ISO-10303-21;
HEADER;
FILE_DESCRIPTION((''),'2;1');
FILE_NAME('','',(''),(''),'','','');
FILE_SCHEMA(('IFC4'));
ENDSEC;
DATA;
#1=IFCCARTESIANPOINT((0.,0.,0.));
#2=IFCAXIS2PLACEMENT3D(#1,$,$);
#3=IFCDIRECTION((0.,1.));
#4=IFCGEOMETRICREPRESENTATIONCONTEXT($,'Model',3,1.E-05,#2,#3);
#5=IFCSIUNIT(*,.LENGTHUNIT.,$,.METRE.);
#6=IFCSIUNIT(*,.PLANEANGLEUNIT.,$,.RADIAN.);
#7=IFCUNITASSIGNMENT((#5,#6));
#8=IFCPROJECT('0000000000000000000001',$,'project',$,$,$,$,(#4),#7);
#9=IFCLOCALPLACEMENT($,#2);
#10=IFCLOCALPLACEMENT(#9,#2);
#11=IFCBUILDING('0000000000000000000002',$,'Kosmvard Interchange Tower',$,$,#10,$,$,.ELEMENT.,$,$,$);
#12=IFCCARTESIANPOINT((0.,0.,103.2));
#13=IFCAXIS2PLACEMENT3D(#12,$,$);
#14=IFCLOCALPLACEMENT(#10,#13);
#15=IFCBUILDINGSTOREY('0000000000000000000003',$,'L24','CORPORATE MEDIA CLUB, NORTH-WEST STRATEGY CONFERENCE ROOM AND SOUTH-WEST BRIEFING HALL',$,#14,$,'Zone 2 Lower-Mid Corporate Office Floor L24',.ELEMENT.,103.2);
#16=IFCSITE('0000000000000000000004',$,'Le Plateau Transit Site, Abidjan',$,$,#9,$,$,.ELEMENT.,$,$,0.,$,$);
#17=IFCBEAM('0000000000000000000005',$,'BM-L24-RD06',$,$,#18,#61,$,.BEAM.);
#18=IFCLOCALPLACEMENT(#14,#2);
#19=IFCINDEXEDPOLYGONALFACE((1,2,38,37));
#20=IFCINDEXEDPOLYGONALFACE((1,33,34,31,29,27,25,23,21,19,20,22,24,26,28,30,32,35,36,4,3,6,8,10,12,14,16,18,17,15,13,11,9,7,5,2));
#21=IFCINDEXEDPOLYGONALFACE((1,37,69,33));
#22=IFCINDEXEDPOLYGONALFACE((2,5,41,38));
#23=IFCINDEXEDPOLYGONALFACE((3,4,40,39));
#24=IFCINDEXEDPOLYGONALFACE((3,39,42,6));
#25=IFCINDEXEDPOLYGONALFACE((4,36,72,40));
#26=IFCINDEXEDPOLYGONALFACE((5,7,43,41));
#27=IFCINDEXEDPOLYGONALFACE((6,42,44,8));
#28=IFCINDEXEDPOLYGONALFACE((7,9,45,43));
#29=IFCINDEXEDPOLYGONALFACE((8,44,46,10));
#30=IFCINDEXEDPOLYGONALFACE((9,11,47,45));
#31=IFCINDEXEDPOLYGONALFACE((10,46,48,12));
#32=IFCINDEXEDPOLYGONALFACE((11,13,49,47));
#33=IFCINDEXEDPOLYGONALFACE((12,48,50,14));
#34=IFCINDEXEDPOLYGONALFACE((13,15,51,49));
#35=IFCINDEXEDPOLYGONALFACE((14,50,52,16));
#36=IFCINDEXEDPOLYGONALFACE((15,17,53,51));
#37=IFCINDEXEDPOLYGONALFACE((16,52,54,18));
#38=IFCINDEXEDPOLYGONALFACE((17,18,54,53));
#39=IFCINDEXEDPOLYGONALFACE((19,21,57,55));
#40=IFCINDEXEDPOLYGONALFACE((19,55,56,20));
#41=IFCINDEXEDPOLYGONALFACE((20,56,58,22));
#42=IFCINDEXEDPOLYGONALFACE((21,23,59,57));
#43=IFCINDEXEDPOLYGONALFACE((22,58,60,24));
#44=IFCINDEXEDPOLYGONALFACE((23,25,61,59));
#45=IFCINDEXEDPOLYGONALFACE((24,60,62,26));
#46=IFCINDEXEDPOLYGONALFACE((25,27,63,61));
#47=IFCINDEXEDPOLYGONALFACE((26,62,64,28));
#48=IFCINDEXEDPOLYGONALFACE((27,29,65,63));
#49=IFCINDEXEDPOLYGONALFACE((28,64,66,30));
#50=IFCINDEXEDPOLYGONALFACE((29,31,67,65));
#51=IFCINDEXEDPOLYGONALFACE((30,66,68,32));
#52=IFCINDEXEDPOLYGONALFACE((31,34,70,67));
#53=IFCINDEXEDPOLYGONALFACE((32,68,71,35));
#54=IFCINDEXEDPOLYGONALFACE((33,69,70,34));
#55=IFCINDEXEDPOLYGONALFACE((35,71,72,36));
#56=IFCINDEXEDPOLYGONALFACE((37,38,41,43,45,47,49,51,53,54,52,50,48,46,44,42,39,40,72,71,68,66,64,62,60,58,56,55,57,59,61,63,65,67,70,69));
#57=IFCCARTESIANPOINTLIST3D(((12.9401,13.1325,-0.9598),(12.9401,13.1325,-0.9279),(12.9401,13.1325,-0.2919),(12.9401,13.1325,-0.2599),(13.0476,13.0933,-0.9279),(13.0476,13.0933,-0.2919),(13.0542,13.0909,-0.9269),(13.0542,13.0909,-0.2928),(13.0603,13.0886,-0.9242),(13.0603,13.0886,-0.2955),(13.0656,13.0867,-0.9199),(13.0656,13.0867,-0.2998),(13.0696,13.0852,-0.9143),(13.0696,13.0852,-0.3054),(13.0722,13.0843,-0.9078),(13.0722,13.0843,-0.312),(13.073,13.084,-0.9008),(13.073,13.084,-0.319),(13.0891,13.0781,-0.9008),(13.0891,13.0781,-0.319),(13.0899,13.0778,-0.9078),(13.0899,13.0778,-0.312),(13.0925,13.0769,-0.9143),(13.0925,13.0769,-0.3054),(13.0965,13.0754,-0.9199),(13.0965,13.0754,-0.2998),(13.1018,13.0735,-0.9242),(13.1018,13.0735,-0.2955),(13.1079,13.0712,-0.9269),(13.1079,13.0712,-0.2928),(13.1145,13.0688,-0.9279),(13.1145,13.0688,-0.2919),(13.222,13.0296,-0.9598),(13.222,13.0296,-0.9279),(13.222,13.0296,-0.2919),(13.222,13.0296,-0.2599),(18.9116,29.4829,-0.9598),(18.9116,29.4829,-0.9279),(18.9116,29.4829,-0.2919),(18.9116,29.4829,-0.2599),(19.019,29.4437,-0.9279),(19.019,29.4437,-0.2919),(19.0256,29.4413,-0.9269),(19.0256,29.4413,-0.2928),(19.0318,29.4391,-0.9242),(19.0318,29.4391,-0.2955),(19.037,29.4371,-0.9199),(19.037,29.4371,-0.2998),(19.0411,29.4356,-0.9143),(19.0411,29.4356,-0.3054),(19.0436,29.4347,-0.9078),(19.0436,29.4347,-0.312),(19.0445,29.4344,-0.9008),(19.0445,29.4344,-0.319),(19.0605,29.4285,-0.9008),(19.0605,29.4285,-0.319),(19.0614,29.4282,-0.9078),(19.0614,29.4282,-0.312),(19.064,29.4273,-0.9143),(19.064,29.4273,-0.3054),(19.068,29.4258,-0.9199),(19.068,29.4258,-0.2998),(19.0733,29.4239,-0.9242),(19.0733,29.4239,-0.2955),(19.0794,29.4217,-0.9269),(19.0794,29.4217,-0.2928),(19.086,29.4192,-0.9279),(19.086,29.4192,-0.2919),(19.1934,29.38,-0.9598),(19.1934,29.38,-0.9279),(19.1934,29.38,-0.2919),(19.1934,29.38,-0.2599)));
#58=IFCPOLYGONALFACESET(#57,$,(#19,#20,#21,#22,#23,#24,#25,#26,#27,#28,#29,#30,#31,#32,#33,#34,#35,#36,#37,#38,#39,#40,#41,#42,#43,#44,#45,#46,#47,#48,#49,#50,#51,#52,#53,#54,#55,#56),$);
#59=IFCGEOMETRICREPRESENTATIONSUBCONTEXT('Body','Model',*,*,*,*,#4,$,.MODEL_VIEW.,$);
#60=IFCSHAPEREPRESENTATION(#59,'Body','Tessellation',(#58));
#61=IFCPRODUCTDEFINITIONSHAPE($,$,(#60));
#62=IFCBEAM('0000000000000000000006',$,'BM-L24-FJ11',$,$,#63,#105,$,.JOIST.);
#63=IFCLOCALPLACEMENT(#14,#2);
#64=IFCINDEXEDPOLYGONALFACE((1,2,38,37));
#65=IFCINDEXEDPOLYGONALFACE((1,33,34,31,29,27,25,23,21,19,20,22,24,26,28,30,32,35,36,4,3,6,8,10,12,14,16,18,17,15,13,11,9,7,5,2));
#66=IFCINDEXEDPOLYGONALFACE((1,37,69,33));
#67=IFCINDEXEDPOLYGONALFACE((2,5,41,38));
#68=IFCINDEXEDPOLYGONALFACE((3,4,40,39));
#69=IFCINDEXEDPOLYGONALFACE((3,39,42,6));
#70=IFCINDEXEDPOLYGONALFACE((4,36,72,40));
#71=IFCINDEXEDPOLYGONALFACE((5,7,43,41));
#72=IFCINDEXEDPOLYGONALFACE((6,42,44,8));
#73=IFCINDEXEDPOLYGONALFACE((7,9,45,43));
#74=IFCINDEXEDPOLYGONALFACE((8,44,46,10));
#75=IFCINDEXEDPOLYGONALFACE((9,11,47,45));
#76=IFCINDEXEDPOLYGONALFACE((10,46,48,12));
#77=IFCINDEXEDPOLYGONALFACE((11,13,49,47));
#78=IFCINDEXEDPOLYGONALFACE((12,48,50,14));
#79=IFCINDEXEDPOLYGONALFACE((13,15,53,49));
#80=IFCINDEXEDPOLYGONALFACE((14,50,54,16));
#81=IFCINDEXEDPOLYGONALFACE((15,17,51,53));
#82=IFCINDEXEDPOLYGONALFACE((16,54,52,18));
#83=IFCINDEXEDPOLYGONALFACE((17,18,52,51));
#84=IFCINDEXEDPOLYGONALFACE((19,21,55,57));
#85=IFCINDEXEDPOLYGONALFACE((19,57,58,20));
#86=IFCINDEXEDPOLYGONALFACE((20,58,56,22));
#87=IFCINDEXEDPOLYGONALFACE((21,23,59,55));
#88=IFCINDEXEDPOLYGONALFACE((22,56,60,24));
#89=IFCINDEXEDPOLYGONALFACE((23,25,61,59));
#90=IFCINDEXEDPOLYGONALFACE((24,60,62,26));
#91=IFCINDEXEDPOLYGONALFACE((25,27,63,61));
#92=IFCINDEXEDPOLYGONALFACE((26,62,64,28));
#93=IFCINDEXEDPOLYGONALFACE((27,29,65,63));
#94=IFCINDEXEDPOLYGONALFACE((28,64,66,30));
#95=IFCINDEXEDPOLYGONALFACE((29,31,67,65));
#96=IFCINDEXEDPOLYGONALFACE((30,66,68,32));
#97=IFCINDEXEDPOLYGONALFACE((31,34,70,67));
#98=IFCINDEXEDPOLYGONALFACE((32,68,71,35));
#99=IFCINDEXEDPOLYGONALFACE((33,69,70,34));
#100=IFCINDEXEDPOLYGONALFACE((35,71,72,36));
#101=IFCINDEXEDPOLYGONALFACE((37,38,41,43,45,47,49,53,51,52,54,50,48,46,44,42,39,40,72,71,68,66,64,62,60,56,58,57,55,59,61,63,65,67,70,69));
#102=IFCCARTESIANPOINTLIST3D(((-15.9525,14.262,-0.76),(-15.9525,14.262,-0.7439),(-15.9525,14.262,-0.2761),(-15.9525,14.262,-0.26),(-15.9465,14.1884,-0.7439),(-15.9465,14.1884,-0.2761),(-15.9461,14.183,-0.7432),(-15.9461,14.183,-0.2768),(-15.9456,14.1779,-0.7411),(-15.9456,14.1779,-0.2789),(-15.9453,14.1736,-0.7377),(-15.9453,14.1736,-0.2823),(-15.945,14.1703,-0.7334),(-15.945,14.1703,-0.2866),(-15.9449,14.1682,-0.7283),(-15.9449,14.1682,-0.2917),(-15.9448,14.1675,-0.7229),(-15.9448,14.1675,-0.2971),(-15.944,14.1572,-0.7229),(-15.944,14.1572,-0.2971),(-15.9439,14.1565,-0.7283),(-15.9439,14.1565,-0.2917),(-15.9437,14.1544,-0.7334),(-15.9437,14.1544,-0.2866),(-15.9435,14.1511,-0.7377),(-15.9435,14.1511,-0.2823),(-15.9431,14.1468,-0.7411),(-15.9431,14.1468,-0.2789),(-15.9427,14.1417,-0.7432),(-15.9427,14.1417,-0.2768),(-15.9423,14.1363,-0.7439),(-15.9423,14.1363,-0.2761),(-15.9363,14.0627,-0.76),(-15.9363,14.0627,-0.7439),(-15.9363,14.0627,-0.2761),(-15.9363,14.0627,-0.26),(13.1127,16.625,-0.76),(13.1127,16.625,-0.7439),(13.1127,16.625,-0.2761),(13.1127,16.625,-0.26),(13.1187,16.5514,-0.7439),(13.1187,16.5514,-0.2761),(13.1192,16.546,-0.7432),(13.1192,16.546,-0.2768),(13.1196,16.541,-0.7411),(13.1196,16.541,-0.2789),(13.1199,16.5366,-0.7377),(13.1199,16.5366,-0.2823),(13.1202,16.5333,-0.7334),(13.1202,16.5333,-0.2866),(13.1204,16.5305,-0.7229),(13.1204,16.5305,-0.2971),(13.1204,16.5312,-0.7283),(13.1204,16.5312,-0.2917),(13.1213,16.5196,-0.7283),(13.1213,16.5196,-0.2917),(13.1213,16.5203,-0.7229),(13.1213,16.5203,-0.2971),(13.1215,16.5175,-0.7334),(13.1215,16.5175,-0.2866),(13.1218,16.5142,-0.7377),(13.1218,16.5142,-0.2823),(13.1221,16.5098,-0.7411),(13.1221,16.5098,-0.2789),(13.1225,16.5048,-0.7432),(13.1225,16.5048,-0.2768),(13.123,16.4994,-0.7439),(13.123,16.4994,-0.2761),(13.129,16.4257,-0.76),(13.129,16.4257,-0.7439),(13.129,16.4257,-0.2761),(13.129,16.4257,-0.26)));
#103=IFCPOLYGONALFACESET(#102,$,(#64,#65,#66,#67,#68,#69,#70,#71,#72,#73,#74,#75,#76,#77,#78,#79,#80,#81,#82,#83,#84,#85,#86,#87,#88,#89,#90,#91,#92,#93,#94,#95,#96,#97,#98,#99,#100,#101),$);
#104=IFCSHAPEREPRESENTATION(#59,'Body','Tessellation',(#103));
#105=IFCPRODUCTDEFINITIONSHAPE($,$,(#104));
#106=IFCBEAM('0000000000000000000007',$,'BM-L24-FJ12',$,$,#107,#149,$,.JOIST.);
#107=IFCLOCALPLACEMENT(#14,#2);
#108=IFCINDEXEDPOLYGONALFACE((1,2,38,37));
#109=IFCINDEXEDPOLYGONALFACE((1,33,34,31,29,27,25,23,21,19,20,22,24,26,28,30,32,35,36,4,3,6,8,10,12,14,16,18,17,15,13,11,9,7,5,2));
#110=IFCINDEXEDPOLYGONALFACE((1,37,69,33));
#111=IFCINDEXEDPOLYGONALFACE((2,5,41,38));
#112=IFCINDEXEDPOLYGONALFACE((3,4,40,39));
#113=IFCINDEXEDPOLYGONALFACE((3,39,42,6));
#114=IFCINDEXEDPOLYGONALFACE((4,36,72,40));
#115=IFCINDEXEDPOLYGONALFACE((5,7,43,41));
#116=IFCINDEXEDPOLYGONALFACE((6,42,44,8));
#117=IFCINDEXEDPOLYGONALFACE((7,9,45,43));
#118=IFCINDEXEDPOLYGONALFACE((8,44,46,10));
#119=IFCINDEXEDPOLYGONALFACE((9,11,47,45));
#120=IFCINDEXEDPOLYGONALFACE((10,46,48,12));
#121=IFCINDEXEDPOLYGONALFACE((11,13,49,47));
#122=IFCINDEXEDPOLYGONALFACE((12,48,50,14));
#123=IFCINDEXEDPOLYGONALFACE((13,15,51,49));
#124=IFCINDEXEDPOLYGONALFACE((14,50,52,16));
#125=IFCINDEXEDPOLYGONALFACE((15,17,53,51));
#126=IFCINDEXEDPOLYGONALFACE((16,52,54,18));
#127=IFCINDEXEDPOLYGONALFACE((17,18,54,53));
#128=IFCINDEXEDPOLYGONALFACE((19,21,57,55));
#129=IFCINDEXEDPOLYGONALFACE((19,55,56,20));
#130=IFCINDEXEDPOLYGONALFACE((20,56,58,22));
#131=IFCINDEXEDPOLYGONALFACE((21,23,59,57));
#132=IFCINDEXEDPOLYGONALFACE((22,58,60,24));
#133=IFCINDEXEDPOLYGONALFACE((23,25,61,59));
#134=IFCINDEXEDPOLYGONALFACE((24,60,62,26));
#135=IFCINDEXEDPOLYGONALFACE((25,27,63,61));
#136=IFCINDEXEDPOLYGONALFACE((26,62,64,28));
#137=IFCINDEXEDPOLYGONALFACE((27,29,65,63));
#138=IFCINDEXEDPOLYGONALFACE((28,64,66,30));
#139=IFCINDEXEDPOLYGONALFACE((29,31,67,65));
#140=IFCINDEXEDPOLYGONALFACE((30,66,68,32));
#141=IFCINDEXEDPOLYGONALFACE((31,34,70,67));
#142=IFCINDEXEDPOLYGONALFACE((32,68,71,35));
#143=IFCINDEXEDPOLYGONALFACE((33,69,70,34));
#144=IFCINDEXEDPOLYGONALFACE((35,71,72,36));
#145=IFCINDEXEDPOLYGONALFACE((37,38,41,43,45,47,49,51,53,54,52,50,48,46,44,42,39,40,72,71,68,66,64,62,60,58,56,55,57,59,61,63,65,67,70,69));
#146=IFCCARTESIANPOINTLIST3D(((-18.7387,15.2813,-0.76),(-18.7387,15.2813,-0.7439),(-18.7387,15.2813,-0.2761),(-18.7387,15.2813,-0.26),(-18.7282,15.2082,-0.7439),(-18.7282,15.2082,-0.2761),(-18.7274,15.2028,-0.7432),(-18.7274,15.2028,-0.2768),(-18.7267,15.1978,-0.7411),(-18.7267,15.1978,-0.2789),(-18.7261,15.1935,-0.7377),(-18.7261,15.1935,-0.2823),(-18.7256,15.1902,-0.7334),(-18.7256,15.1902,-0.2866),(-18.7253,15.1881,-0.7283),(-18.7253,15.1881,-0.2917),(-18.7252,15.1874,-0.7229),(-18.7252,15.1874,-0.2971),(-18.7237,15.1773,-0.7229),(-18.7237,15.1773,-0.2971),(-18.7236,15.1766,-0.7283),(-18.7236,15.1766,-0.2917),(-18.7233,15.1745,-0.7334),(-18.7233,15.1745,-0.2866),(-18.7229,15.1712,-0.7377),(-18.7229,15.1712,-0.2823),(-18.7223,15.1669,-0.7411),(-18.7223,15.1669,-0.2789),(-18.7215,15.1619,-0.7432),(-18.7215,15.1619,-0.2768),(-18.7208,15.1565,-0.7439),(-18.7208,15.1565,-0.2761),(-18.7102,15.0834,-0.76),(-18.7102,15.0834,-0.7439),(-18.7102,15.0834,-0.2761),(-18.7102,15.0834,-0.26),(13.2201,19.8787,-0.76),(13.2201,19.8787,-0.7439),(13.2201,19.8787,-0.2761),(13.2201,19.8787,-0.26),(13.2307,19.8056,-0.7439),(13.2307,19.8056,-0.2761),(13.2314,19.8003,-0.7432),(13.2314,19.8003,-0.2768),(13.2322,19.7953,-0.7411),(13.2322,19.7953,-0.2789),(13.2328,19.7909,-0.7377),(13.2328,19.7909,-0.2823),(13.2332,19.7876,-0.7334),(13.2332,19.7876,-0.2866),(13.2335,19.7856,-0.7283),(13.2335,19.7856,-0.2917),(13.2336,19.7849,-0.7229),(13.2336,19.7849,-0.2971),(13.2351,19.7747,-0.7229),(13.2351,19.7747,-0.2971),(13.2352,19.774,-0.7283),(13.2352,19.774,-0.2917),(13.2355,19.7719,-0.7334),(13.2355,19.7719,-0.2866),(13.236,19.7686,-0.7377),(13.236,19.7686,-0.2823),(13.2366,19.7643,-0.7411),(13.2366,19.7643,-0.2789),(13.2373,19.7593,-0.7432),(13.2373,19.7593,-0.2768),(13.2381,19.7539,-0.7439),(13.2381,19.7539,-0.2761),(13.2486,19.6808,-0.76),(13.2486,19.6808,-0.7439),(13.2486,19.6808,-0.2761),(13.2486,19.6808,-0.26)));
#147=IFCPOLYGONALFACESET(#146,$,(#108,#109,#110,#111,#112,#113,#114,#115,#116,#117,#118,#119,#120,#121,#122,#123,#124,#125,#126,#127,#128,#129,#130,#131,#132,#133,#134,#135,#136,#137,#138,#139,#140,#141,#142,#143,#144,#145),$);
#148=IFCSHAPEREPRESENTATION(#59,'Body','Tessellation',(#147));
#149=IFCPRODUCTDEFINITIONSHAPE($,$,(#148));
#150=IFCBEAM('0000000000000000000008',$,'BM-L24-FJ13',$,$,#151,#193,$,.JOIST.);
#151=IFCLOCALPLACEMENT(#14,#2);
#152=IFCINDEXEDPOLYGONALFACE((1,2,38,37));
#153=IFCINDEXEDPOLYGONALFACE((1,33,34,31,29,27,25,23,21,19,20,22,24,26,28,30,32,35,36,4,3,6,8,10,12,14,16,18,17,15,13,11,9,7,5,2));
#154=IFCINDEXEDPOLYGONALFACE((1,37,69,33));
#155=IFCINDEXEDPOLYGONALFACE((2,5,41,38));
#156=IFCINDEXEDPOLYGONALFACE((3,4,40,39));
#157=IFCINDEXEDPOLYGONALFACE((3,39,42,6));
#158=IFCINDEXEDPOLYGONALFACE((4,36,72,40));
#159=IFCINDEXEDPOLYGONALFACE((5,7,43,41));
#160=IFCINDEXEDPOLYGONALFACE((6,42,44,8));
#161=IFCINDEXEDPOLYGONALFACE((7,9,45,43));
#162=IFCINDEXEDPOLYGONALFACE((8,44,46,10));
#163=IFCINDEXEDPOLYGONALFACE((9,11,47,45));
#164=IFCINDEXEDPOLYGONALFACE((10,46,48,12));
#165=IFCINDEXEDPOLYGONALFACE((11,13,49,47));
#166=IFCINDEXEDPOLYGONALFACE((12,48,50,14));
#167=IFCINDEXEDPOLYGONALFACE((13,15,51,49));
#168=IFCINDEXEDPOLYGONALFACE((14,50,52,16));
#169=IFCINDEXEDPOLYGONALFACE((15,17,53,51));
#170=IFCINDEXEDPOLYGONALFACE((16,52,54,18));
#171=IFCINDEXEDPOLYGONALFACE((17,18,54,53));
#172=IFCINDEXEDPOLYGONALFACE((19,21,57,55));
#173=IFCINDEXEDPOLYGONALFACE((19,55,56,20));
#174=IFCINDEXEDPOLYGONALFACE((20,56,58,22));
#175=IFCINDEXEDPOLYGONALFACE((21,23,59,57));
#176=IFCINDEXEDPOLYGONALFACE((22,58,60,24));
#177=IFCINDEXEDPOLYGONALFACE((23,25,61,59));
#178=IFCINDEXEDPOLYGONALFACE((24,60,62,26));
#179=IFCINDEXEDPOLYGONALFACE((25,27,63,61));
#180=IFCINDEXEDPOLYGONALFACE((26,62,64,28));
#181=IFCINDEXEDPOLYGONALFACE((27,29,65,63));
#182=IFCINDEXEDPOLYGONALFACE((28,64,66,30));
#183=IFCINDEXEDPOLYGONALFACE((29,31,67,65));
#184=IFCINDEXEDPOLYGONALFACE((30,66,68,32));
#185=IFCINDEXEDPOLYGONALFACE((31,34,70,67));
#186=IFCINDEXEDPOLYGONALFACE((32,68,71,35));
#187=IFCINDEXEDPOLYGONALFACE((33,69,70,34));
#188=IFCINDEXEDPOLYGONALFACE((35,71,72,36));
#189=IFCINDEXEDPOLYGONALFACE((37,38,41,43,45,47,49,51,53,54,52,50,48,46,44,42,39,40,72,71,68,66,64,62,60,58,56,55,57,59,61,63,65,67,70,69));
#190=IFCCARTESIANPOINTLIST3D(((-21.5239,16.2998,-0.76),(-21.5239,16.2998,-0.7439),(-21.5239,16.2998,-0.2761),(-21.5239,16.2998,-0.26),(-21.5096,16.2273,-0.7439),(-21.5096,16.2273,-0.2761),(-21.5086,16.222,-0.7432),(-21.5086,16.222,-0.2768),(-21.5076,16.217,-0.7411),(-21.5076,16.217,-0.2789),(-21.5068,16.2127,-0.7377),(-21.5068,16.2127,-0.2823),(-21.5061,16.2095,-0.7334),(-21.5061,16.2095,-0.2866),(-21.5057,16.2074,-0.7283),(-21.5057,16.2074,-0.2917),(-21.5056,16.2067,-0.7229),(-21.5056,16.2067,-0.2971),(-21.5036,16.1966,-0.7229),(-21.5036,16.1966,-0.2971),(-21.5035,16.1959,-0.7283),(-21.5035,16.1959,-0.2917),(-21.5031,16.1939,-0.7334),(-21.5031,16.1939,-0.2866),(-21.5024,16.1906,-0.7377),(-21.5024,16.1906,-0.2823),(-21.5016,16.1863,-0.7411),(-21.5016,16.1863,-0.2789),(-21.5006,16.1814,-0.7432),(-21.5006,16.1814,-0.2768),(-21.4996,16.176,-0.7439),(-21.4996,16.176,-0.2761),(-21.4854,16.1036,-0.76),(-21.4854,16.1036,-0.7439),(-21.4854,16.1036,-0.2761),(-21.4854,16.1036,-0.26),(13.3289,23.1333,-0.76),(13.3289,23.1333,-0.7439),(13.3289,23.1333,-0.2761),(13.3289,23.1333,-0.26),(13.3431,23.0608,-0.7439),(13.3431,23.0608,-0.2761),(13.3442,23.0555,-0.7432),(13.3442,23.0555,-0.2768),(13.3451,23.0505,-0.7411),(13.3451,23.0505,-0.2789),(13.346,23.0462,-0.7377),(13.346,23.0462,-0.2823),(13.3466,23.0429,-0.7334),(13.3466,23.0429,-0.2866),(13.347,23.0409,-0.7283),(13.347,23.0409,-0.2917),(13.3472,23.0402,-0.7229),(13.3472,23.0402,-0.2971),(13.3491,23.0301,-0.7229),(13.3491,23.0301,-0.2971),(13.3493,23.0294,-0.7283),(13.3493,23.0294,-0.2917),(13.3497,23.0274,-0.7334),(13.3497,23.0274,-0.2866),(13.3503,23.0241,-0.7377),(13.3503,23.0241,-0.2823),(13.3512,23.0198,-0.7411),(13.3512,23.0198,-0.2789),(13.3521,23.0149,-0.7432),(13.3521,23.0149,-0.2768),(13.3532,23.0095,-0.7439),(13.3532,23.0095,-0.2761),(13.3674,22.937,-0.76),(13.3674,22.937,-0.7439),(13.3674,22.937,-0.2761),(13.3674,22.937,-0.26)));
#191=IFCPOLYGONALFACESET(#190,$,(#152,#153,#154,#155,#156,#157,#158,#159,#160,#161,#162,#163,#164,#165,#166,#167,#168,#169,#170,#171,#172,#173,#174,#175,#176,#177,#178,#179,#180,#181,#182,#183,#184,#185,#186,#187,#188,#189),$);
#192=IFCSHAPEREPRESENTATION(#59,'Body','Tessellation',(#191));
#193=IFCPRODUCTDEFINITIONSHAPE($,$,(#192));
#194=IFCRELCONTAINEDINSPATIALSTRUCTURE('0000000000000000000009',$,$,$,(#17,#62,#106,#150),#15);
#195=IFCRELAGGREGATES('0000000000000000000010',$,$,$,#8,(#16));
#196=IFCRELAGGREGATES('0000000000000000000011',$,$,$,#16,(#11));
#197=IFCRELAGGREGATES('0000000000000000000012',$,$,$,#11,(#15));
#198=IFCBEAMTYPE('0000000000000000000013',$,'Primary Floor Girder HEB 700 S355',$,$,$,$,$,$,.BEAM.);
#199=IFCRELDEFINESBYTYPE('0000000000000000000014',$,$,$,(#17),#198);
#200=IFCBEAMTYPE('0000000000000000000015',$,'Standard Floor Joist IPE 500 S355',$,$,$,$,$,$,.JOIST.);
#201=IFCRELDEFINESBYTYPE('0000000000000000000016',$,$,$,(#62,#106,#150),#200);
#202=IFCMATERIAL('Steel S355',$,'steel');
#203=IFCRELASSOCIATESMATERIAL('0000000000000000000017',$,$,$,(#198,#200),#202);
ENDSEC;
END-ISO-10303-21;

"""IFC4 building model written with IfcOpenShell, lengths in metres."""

from ifc_helpers import new_model, si_unit, direction, frame, origin, origin_2d, place, context, subcontext, project, spatial, i_section, extrude, source, transform, mapped, material, material_profile, profile_set, type_object, element, save


model = new_model("IFC4")

# Units and contexts
model_context = context("Model", 3, precision=1e-05, world=origin(), true_north=direction((0.0, 1.0)))
body_context = subcontext(model_context, "Body", "Model", "MODEL_VIEW")
ifc_project = project(units=[si_unit("LENGTHUNIT", "METRE"), si_unit("PLANEANGLEUNIT", "RADIAN")], contexts=[model_context])

# Site, building, storey
site_placement = place(None, origin())
site = spatial("IfcSite", under=ifc_project, at=site_placement, Name="Le Plateau Transit Site, Abidjan", CompositionType="ELEMENT", RefElevation=0.0)
building_placement = place(site_placement, origin())
building = spatial("IfcBuilding", under=site, at=building_placement, Name="Kosmvard Interchange Tower", CompositionType="ELEMENT")
storey_placement = place(building_placement, frame((0.0, 0.0, 103.2)))
storey = spatial("IfcBuildingStorey", under=building, at=storey_placement, Name="L24", Description="CORPORATE MEDIA CLUB, NORTH-WEST STRATEGY CONFERENCE ROOM AND SOUTH-WEST BRIEFING HALL", LongName="Zone 2 Lower-Mid Corporate Office Floor L24", CompositionType="ELEMENT", Elevation=103.2)

# Beams
ifc_material_1 = material(Name="Steel S355", Category="steel")
ifc_material_profile_1 = material_profile(ifc_material_1, i_section(OverallWidth=0.3, OverallDepth=0.7, WebThickness=0.0171, FlangeThickness=0.032, FilletRadius=0.0271, at=origin_2d()), Name="HEB 700")
ifc_profile_set_1 = profile_set([ifc_material_profile_1], Name="Steel S355")
beam_type_1 = type_object("IfcBeamType", Name="Primary Floor Girder HEB 700 S355", PredefinedType="BEAM", material=ifc_profile_set_1)
shared_shape_1 = source(origin(), body_context, "Body", "SweptSolid", [
    extrude(i_section(OverallWidth=0.3, OverallDepth=0.7, WebThickness=0.0171, FlangeThickness=0.032, FilletRadius=0.0271, at=origin_2d()), origin(), (0.0, 0.0, 1.0), 17.4067),
])
beam_1_placement = place(storey_placement, frame((13.0811, 13.0811, -0.6099), z_axis=(0.343055, 0.939315, 0.0), x_axis=(-0.939315, 0.343055, 0.0)))
element("IfcBeam", 1, at=beam_1_placement, inside=storey, type_object=beam_type_1, Name="BM-L24-RD06", PredefinedType="BEAM", context=body_context, shape_type="MappedRepresentation", body=[
    mapped(shared_shape_1, transform((0.0, 0.0, 0.0), scale=1.0)),
])
ifc_material_profile_2 = material_profile(ifc_material_1, i_section(OverallWidth=0.2, OverallDepth=0.5, WebThickness=0.0103, FlangeThickness=0.0161, FilletRadius=0.021, at=origin_2d()), Name="IPE 500")
ifc_profile_set_2 = profile_set([ifc_material_profile_2], Name="Steel S355")
beam_type_2 = type_object("IfcBeamType", Name="Standard Floor Joist IPE 500 S355", PredefinedType="JOIST", material=ifc_profile_set_2)
shared_shape_2 = source(origin(), body_context, "Body", "SweptSolid", [
    extrude(i_section(OverallWidth=0.2, OverallDepth=0.5, WebThickness=0.0103, FlangeThickness=0.0161, FilletRadius=0.021, at=origin_2d()), origin(), (0.0, 0.0, 1.0), 29.1611),
])
beam_2_placement = place(storey_placement, frame((13.1208, 16.5254, -0.51), z_axis=(-0.996711, -0.081034, 0.0), x_axis=(0.081034, -0.996711, 0.0)))
element("IfcBeam", 2, at=beam_2_placement, inside=storey, type_object=beam_type_2, Name="BM-L24-FJ11", PredefinedType="JOIST", context=body_context, shape_type="MappedRepresentation", body=[
    mapped(shared_shape_2, transform((0.0, 0.0, 0.0), scale=1.0)),
])
shared_shape_3 = source(origin(), body_context, "Body", "SweptSolid", [
    extrude(i_section(OverallWidth=0.2, OverallDepth=0.5, WebThickness=0.0103, FlangeThickness=0.0161, FilletRadius=0.021, at=origin_2d()), origin(), (0.0, 0.0, 1.0), 32.2878),
])
beam_3_placement = place(storey_placement, frame((13.2344, 19.7798, -0.51), z_axis=(-0.989811, -0.142389, 0.0), x_axis=(0.142389, -0.989811, 0.0)))
element("IfcBeam", 3, at=beam_3_placement, inside=storey, type_object=beam_type_2, Name="BM-L24-FJ12", PredefinedType="JOIST", context=body_context, shape_type="MappedRepresentation", body=[
    mapped(shared_shape_3, transform((0.0, 0.0, 0.0), scale=1.0)),
])
shared_shape_4 = source(origin(), body_context, "Body", "SweptSolid", [
    extrude(i_section(OverallWidth=0.2, OverallDepth=0.5, WebThickness=0.0103, FlangeThickness=0.0161, FilletRadius=0.021, at=origin_2d()), origin(), (0.0, 0.0, 1.0), 35.5164),
])
beam_4_placement = place(storey_placement, frame((13.3481, 23.0352, -0.51), z_axis=(-0.981316, -0.192404, 0.0), x_axis=(0.192404, -0.981316, 0.0)))
element("IfcBeam", 4, at=beam_4_placement, inside=storey, type_object=beam_type_2, Name="BM-L24-FJ13", PredefinedType="JOIST", context=body_context, shape_type="MappedRepresentation", body=[
    mapped(shared_shape_4, transform((0.0, 0.0, 0.0), scale=1.0)),
])

save(model, "model.ifc")
